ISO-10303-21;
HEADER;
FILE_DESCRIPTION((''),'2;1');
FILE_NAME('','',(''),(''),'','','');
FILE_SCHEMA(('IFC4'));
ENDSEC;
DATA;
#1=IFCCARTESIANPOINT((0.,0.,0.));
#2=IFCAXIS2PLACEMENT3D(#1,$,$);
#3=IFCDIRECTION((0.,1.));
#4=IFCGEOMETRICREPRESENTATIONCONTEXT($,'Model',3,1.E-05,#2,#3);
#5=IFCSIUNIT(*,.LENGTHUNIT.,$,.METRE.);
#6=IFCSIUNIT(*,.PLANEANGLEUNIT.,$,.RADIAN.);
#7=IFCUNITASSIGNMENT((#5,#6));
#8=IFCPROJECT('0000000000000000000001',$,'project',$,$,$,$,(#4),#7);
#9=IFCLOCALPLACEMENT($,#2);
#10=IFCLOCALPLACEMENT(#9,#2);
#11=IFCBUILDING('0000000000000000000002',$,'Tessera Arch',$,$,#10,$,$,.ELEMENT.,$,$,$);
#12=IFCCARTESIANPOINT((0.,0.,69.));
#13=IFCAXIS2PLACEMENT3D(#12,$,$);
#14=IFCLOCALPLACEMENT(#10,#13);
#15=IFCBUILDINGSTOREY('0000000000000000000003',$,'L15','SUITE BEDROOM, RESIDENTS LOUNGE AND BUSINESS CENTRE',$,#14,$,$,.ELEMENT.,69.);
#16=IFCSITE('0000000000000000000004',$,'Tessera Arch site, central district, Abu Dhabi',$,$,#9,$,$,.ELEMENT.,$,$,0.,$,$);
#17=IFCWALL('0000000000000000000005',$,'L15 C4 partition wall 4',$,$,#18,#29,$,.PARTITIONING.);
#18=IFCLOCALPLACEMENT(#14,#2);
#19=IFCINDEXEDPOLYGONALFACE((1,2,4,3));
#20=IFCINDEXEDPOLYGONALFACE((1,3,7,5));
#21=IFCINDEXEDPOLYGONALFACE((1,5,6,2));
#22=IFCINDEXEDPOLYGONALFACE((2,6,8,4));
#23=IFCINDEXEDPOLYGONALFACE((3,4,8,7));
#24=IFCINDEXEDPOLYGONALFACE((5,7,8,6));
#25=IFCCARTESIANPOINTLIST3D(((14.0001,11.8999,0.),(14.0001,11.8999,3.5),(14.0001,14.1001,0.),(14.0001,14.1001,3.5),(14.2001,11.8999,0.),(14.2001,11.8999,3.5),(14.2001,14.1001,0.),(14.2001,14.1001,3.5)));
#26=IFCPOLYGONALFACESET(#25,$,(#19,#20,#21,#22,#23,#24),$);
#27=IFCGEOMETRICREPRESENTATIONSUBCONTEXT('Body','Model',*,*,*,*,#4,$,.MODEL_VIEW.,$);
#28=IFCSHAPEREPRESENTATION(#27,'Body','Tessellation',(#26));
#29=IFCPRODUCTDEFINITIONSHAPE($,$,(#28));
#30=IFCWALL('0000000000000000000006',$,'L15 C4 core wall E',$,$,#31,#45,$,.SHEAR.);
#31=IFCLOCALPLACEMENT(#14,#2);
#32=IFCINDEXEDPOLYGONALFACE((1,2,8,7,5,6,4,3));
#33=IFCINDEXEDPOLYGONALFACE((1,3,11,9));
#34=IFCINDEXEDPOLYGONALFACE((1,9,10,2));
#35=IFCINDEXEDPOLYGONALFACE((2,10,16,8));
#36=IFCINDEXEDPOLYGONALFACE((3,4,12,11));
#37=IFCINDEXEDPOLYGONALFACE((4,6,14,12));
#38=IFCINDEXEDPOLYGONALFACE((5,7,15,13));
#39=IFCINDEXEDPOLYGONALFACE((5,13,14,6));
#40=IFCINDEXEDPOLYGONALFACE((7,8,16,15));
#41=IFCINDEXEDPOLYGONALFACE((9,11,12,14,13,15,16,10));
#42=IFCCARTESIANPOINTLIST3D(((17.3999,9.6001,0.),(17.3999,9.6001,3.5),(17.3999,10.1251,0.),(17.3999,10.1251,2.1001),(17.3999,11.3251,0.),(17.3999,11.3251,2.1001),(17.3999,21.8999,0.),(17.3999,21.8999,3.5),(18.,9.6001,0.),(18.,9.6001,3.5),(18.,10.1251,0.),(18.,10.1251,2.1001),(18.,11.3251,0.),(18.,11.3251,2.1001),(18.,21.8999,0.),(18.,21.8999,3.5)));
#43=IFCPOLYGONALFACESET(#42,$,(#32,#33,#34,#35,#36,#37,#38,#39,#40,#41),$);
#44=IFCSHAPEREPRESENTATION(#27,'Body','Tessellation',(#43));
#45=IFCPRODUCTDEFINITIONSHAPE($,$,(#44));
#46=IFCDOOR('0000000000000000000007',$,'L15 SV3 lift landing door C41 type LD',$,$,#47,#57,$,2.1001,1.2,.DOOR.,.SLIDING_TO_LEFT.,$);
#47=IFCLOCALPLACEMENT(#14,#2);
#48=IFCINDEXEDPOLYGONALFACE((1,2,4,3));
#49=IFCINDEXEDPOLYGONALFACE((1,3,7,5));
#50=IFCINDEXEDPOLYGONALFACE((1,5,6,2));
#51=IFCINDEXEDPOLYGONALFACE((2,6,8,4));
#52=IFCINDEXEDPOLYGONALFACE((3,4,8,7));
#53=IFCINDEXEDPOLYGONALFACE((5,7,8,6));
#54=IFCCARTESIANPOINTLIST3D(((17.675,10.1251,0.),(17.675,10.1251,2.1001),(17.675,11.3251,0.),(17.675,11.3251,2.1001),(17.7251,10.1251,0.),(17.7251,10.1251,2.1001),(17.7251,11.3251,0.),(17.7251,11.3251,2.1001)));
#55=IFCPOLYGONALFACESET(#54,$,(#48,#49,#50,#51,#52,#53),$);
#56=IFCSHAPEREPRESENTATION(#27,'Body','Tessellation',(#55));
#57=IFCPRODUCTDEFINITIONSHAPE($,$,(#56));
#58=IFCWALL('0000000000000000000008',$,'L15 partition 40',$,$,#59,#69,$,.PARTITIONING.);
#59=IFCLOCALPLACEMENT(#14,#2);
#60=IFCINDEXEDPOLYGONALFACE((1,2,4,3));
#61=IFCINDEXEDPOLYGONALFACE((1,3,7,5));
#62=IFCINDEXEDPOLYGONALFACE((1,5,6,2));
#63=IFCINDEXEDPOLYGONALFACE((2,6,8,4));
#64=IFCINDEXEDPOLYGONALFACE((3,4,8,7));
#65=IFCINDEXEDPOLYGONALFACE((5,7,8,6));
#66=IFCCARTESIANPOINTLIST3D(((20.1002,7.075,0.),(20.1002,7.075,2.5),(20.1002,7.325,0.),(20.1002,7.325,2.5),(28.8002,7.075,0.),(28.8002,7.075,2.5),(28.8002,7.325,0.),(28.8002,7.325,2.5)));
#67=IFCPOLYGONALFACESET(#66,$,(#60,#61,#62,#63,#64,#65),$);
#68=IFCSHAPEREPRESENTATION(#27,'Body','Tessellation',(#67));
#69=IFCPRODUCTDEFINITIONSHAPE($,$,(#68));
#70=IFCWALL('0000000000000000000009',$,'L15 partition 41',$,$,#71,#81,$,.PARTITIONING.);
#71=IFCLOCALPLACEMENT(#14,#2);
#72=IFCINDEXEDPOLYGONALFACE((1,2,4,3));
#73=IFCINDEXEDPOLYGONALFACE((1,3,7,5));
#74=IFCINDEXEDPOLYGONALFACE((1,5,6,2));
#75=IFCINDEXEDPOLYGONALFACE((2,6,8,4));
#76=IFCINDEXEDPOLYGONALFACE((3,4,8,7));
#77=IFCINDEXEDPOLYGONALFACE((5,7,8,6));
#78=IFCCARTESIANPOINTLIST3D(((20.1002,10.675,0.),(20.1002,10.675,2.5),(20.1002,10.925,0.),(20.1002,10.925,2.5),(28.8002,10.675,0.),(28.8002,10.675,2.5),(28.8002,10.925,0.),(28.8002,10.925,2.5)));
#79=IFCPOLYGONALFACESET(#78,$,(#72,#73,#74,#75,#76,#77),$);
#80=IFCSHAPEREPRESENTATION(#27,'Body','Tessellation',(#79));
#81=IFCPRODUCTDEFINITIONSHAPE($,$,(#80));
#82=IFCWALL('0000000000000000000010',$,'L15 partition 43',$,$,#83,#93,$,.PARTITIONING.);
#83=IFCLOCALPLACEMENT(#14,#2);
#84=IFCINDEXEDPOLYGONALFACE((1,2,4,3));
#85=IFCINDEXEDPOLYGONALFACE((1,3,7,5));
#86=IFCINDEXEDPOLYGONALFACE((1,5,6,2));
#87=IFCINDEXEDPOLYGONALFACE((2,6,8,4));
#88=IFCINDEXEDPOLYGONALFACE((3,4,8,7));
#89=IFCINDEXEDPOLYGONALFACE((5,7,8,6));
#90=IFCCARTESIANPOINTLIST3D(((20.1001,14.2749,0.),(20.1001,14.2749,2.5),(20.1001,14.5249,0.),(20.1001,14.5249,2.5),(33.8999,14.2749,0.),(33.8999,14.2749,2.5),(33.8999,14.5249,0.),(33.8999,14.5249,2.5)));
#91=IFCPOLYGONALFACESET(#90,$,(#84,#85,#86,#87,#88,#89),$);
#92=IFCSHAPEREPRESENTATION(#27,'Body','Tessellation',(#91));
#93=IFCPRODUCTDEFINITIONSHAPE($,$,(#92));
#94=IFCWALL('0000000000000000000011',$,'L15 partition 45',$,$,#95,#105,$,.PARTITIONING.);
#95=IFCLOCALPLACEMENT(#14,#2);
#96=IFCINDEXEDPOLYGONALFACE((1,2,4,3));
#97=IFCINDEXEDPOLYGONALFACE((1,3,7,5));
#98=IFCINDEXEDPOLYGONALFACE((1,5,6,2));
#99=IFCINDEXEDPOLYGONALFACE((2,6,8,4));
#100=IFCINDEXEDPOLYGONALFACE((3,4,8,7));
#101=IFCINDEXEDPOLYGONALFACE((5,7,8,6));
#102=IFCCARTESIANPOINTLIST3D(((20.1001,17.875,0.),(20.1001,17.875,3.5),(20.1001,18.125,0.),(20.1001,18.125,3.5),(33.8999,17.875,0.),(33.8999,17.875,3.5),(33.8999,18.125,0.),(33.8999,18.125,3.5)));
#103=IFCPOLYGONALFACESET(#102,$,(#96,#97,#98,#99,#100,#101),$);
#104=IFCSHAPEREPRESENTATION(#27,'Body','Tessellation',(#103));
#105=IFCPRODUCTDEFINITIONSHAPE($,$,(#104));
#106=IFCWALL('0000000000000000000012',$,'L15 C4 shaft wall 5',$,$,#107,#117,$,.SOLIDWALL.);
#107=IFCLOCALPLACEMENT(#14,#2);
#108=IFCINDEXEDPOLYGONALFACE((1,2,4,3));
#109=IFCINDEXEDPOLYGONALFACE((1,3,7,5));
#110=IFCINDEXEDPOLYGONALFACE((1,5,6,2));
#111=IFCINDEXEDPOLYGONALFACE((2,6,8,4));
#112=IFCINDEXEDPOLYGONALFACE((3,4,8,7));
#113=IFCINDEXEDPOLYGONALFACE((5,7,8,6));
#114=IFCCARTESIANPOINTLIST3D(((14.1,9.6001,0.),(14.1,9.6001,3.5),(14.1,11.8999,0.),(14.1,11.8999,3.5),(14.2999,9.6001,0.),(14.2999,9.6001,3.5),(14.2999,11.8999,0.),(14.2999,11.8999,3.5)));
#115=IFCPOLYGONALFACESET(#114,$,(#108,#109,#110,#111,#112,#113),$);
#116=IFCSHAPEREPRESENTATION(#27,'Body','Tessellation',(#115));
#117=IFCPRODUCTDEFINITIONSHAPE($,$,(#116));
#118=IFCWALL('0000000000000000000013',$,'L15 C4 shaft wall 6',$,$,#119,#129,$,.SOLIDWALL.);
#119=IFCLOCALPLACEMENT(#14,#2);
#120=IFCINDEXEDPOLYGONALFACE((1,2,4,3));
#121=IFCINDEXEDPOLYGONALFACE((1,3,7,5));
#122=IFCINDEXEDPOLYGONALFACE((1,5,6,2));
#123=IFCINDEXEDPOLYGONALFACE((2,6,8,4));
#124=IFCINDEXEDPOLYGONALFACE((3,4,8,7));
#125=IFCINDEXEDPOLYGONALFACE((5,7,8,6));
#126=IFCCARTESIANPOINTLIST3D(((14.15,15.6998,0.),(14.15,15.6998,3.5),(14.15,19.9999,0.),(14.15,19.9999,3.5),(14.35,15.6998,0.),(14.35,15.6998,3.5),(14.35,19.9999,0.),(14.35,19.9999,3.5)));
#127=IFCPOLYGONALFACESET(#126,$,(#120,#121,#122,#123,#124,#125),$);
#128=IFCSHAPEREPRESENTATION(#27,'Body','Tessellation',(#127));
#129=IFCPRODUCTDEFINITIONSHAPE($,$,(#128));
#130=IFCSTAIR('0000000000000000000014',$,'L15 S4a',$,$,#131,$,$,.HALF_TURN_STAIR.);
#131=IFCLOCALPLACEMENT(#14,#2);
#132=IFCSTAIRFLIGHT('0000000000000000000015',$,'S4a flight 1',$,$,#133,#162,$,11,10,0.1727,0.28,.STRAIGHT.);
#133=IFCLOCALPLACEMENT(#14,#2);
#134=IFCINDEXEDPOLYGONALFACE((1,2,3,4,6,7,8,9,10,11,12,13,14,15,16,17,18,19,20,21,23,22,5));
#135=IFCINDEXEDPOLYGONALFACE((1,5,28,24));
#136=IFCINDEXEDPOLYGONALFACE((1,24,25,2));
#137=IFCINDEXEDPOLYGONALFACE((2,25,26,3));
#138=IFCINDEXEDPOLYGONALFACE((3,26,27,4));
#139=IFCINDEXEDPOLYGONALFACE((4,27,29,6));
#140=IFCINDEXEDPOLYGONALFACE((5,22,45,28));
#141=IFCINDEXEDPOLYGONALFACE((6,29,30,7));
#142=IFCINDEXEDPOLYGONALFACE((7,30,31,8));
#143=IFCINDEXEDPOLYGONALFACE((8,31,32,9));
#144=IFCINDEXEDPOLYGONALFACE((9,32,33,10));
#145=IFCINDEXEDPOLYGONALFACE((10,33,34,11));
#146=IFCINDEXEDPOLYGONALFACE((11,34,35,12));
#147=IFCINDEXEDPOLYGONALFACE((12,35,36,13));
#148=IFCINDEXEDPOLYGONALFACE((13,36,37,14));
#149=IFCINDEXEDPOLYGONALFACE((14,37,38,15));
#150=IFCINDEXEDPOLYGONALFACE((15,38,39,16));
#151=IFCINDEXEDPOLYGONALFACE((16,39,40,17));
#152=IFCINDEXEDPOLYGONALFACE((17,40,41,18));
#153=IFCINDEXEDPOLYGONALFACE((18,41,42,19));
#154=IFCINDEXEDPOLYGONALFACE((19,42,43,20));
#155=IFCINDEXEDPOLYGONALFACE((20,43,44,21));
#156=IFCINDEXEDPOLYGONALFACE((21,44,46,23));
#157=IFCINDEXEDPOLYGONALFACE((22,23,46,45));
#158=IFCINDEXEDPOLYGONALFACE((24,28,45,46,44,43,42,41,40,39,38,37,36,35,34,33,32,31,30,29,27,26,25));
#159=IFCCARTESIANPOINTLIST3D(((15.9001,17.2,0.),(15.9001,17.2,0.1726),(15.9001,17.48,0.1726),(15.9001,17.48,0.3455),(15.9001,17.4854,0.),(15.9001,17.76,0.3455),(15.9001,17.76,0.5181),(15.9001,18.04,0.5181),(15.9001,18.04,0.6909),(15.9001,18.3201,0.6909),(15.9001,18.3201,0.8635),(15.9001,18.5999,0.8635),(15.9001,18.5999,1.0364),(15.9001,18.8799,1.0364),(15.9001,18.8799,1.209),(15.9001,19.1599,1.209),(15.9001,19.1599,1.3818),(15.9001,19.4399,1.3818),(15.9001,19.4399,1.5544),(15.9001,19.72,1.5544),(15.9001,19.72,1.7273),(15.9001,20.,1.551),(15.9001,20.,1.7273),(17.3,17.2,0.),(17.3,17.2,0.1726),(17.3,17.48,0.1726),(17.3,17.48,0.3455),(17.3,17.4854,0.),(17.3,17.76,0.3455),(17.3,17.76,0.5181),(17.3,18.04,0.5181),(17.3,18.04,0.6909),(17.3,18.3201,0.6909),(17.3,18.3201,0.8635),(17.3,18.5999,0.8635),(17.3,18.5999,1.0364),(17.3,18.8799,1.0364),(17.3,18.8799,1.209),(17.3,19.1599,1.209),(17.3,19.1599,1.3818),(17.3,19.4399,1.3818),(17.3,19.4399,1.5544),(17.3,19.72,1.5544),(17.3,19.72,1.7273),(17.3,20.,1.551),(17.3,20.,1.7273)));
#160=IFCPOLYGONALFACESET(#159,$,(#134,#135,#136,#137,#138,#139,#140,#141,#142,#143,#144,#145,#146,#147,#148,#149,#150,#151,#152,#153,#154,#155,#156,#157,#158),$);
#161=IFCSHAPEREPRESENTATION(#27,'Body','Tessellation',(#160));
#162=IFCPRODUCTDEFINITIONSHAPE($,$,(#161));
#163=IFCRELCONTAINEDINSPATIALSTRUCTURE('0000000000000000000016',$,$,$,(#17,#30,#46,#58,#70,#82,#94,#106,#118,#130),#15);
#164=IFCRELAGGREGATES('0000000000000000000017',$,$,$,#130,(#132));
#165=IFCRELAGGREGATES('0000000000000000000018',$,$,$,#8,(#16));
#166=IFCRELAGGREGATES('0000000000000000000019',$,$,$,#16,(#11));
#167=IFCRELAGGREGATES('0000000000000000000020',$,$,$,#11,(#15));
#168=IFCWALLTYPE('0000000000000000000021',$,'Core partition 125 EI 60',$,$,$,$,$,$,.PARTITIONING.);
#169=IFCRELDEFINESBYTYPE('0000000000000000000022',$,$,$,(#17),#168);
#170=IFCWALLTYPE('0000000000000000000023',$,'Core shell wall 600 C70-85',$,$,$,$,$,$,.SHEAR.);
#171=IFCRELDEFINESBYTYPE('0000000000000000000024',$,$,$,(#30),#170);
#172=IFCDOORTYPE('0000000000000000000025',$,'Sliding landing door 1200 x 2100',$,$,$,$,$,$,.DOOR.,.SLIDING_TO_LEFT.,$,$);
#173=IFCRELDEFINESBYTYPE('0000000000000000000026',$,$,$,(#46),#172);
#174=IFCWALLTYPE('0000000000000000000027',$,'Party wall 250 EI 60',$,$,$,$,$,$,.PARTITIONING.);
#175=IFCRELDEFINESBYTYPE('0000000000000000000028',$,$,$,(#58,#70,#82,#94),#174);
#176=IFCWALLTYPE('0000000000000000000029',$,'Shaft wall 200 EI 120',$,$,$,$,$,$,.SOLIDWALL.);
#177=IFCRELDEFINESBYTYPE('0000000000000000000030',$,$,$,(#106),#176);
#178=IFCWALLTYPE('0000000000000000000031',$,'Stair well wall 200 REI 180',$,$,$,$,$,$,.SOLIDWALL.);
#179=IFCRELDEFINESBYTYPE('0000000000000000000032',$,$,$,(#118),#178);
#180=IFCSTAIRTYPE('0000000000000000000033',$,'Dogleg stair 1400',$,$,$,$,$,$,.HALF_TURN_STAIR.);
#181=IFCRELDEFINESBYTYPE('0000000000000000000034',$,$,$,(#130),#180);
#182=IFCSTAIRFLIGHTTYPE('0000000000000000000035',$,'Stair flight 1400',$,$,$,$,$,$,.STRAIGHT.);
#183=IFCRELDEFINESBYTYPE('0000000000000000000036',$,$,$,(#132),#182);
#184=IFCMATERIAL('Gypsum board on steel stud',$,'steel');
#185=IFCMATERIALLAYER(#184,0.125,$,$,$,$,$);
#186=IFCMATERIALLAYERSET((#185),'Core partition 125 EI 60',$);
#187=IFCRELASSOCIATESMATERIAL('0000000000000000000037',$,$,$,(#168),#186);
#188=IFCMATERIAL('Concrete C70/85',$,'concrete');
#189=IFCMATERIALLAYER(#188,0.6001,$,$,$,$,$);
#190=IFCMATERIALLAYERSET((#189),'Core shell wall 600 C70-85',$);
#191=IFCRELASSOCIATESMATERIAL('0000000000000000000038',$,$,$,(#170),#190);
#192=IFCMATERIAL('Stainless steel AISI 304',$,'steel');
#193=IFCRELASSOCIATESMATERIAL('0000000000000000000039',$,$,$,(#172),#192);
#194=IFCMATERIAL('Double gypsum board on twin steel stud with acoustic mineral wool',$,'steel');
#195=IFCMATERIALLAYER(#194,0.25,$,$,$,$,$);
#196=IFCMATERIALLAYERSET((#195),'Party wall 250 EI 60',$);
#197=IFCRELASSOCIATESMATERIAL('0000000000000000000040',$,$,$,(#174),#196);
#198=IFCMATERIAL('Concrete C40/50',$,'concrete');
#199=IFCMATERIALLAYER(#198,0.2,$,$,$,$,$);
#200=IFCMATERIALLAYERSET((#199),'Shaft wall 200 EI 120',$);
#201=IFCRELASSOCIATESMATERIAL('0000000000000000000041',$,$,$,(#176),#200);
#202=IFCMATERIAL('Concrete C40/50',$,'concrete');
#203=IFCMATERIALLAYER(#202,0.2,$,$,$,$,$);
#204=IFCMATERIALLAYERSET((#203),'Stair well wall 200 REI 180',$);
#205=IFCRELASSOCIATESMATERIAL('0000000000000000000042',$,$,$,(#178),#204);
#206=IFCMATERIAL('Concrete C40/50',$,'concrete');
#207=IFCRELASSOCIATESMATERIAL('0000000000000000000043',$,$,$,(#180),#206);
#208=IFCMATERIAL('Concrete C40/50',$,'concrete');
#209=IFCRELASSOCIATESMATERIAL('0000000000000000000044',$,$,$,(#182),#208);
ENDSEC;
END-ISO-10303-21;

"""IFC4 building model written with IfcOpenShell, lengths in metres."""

from ifc_helpers import new_model, si_unit, direction, frame, frame_2d, origin, place, context, subcontext, project, spatial, polyline, rectangle, outline, extrude, material, layer, layer_set, type_object, element, fill, aggregate, save


model = new_model("IFC4")

# Units and contexts
model_context = context("Model", 3, precision=1e-05, world=origin(), true_north=direction((0.0, 1.0)))
body_context = subcontext(model_context, "Body", "Model", "MODEL_VIEW")
ifc_project = project(units=[si_unit("LENGTHUNIT", "METRE"), si_unit("PLANEANGLEUNIT", "RADIAN")], contexts=[model_context])

# Site, building, storey
site_placement = place(None, origin())
site = spatial("IfcSite", under=ifc_project, at=site_placement, Name="Tessera Arch site, central district, Abu Dhabi", CompositionType="ELEMENT", RefElevation=0.0)
building_placement = place(site_placement, origin())
building = spatial("IfcBuilding", under=site, at=building_placement, Name="Tessera Arch", CompositionType="ELEMENT")
storey_placement = place(building_placement, frame((0.0, 0.0, 69.0)))
storey = spatial("IfcBuildingStorey", under=building, at=storey_placement, Name="L15", Description="SUITE BEDROOM, RESIDENTS LOUNGE AND BUSINESS CENTRE", CompositionType="ELEMENT", Elevation=69.0)

# Wall
ifc_material_1 = material(Name="Gypsum board on steel stud", Category="steel")
ifc_layer_1 = layer(ifc_material_1, 0.125)
ifc_layer_set_1 = layer_set([ifc_layer_1], Name="Core partition 125 EI 60")
wall_type_1 = type_object("IfcWallType", Name="Core partition 125 EI 60", PredefinedType="PARTITIONING", material=ifc_layer_set_1)
wall_1_placement = place(storey_placement, frame((14.1001, 11.8999, 0.0), z_axis=(0.0, 0.0, 1.0), x_axis=(0.0, 1.0, 0.0)))
element("IfcWall", 1, at=wall_1_placement, inside=storey, type_object=wall_type_1, Name="L15 C4 partition wall 4", PredefinedType="PARTITIONING", context=body_context, shape_type="SweptSolid", body=[
    extrude(rectangle(XDim=2.2002, YDim=0.2, at=frame_2d((1.1001, 0.0))), origin(), (0.0, 0.0, 1.0), 3.5),
])

# Wall, opening, door
ifc_material_2 = material(Name="Concrete C70/85", Category="concrete")
ifc_layer_2 = layer(ifc_material_2, 0.6001)
ifc_layer_set_2 = layer_set([ifc_layer_2], Name="Core shell wall 600 C70-85")
wall_type_2 = type_object("IfcWallType", Name="Core shell wall 600 C70-85", PredefinedType="SHEAR", material=ifc_layer_set_2)
wall_2_placement = place(storey_placement, frame((17.7, 9.6001, 0.0), z_axis=(0.0, 0.0, 1.0), x_axis=(0.0, 1.0, 0.0)))
wall_2 = element("IfcWall", 2, at=wall_2_placement, inside=storey, type_object=wall_type_2, Name="L15 C4 core wall E", PredefinedType="SHEAR", context=body_context, shape_type="SweptSolid", body=[
    extrude(rectangle(XDim=12.2998, YDim=0.6001, at=frame_2d((6.1499, 0.0))), origin(), (0.0, 0.0, 1.0), 3.5),
])
opening_placement = place(wall_2_placement, frame((0.5249, 0.0, 0.0)))
opening = element("IfcOpeningElement", 3, at=opening_placement, cuts=wall_2, PredefinedType="OPENING", context=body_context, shape_type="SweptSolid", body=[
    extrude(rectangle(XDim=1.2, YDim=2.1001, at=frame_2d((0.6001, 1.05))), frame((0.0, 0.3101, 0.0), z_axis=(0.0, -1.0, 0.0), x_axis=(1.0, 0.0, 0.0)), (0.0, 0.0, 1.0), 0.6201),
])
ifc_material_3 = material(Name="Stainless steel AISI 304", Category="steel")
door_type = type_object("IfcDoorType", Name="Sliding landing door 1200 x 2100", OperationType="SLIDING_TO_LEFT", PredefinedType="DOOR", material=ifc_material_3)
door_placement = place(opening_placement, origin())
door = element("IfcDoor", 4, at=door_placement, inside=storey, type_object=door_type, Name="L15 SV3 lift landing door C41 type LD", OperationType="SLIDING_TO_LEFT", OverallHeight=2.1001, OverallWidth=1.2, PredefinedType="DOOR", context=body_context, shape_type="SweptSolid", body=[
    extrude(rectangle(XDim=1.2, YDim=2.1001, at=frame_2d((0.6001, 1.05))), frame((0.0, 0.0249, 0.0), z_axis=(0.0, -1.0, 0.0), x_axis=(1.0, 0.0, 0.0)), (0.0, 0.0, 1.0), 0.05),
])
fill(opening, door)

# Walls
ifc_material_4 = material(Name="Double gypsum board on twin steel stud with acoustic mineral wool", Category="steel")
ifc_layer_3 = layer(ifc_material_4, 0.25)
ifc_layer_set_3 = layer_set([ifc_layer_3], Name="Party wall 250 EI 60")
wall_type_3 = type_object("IfcWallType", Name="Party wall 250 EI 60", PredefinedType="PARTITIONING", material=ifc_layer_set_3)
for number, where, z_axis, x_axis, name in (
    (5, (20.1001, 7.2, 0.0), (0.0, 0.0, 1.0), (1.0, 0.0, 0.0), "L15 partition 40"),
    (6, (20.1001, 10.8, 0.0), (0.0, 0.0, 1.0), (1.0, 0.0, 0.0), "L15 partition 41"),
):
    element("IfcWall", number, at=place(storey_placement, frame(where, z_axis=z_axis, x_axis=x_axis)), inside=storey, type_object=wall_type_3, Name=name, PredefinedType="PARTITIONING", context=body_context, shape_type="SweptSolid", body=[
        extrude(rectangle(XDim=8.7, YDim=0.25, at=frame_2d((4.3501, 0.0))), origin(), (0.0, 0.0, 1.0), 2.5),
    ])
wall_3_placement = place(storey_placement, frame((20.1001, 14.3999, 0.0), z_axis=(0.0, 0.0, 1.0), x_axis=(1.0, 0.0, 0.0)))
element("IfcWall", 7, at=wall_3_placement, inside=storey, type_object=wall_type_3, Name="L15 partition 43", PredefinedType="PARTITIONING", context=body_context, shape_type="SweptSolid", body=[
    extrude(rectangle(XDim=13.7998, YDim=0.25, at=frame_2d((6.8999, 0.0))), origin(), (0.0, 0.0, 1.0), 2.5),
])
wall_4_placement = place(storey_placement, frame((20.1001, 18.0, 0.0), z_axis=(0.0, 0.0, 1.0), x_axis=(1.0, 0.0, 0.0)))
element("IfcWall", 8, at=wall_4_placement, inside=storey, type_object=wall_type_3, Name="L15 partition 45", PredefinedType="PARTITIONING", context=body_context, shape_type="SweptSolid", body=[
    extrude(rectangle(XDim=13.7998, YDim=0.25, at=frame_2d((6.8999, 0.0))), origin(), (0.0, 0.0, 1.0), 3.5),
])
ifc_material_5 = material(Name="Concrete C40/50", Category="concrete")
ifc_layer_4 = layer(ifc_material_5, 0.2)
ifc_layer_set_4 = layer_set([ifc_layer_4], Name="Shaft wall 200 EI 120")
wall_type_4 = type_object("IfcWallType", Name="Shaft wall 200 EI 120", PredefinedType="SOLIDWALL", material=ifc_layer_set_4)
wall_5_placement = place(storey_placement, frame((14.2, 9.6001, 0.0), z_axis=(0.0, 0.0, 1.0), x_axis=(0.0, 1.0, 0.0)))
element("IfcWall", 9, at=wall_5_placement, inside=storey, type_object=wall_type_4, Name="L15 C4 shaft wall 5", PredefinedType="SOLIDWALL", context=body_context, shape_type="SweptSolid", body=[
    extrude(rectangle(XDim=2.2998, YDim=0.2, at=frame_2d((1.1499, 0.0))), origin(), (0.0, 0.0, 1.0), 3.5),
])
ifc_material_6 = material(Name="Concrete C40/50", Category="concrete")
ifc_layer_5 = layer(ifc_material_6, 0.2)
ifc_layer_set_5 = layer_set([ifc_layer_5], Name="Stair well wall 200 REI 180")
wall_type_5 = type_object("IfcWallType", Name="Stair well wall 200 REI 180", PredefinedType="SOLIDWALL", material=ifc_layer_set_5)
wall_6_placement = place(storey_placement, frame((14.25, 15.7, 0.0), z_axis=(0.0, 0.0, 1.0), x_axis=(0.0, 1.0, 0.0)))
element("IfcWall", 10, at=wall_6_placement, inside=storey, type_object=wall_type_5, Name="L15 C4 shaft wall 6", PredefinedType="SOLIDWALL", context=body_context, shape_type="SweptSolid", body=[
    extrude(rectangle(XDim=4.3, YDim=0.2, at=frame_2d((2.1499, 0.0))), origin(), (0.0, 0.0, 1.0), 3.5),
])

# Stair, stair flight
ifc_material_7 = material(Name="Concrete C40/50", Category="concrete")
stair_type = type_object("IfcStairType", Name="Dogleg stair 1400", PredefinedType="HALF_TURN_STAIR", material=ifc_material_7)
stair_1_placement = place(storey_placement, origin())
stair_1 = element("IfcStair", 11, at=stair_1_placement, inside=storey, type_object=stair_type, Name="L15 S4a", PredefinedType="HALF_TURN_STAIR")
ifc_material_8 = material(Name="Concrete C40/50", Category="concrete")
stair_flight_type = type_object("IfcStairFlightType", Name="Stair flight 1400", PredefinedType="STRAIGHT", material=ifc_material_8)
stair_flight_1_placement = place(storey_placement, frame((16.6001, 17.2, 0.0), z_axis=(0.0, 0.0, 1.0), x_axis=(0.0, 1.0, 0.0)))
stair_flight_1 = element("IfcStairFlight", 12, at=stair_flight_1_placement, type_object=stair_flight_type, Name="S4a flight 1", NumberOfRisers=11, NumberOfTreads=10, PredefinedType="STRAIGHT", RiserHeight=0.1727, TreadLength=0.28, context=body_context, shape_type="SweptSolid", body=[
    extrude(outline(polyline([(0.0, 0.0), (0.0, 0.1726), (0.28, 0.1726), (0.28, 0.3455), (0.5601, 0.3455), (0.5601, 0.5181), (0.8401, 0.5181), (0.8401, 0.6909), (1.1201, 0.6909), (1.1201, 0.8635), (1.3999, 0.8635), (1.3999, 1.0364), (1.6799, 1.0364), (1.6799, 1.209), (1.96, 1.209), (1.96, 1.3818), (2.24, 1.3818), (2.24, 1.5544), (2.52, 1.5544), (2.52, 1.7273), (2.8, 1.7273), (2.8, 1.8999), (2.8, 1.551), (0.2854, 0.0), (0.0, 0.0)])), frame((0.0, 0.7, 0.0), z_axis=(0.0, -1.0, 0.0), x_axis=(1.0, 0.0, 0.0)), (0.0, 0.0, 1.0), 1.3999),
])
aggregate(stair_1, [stair_flight_1])

save(model, "model.ifc")
